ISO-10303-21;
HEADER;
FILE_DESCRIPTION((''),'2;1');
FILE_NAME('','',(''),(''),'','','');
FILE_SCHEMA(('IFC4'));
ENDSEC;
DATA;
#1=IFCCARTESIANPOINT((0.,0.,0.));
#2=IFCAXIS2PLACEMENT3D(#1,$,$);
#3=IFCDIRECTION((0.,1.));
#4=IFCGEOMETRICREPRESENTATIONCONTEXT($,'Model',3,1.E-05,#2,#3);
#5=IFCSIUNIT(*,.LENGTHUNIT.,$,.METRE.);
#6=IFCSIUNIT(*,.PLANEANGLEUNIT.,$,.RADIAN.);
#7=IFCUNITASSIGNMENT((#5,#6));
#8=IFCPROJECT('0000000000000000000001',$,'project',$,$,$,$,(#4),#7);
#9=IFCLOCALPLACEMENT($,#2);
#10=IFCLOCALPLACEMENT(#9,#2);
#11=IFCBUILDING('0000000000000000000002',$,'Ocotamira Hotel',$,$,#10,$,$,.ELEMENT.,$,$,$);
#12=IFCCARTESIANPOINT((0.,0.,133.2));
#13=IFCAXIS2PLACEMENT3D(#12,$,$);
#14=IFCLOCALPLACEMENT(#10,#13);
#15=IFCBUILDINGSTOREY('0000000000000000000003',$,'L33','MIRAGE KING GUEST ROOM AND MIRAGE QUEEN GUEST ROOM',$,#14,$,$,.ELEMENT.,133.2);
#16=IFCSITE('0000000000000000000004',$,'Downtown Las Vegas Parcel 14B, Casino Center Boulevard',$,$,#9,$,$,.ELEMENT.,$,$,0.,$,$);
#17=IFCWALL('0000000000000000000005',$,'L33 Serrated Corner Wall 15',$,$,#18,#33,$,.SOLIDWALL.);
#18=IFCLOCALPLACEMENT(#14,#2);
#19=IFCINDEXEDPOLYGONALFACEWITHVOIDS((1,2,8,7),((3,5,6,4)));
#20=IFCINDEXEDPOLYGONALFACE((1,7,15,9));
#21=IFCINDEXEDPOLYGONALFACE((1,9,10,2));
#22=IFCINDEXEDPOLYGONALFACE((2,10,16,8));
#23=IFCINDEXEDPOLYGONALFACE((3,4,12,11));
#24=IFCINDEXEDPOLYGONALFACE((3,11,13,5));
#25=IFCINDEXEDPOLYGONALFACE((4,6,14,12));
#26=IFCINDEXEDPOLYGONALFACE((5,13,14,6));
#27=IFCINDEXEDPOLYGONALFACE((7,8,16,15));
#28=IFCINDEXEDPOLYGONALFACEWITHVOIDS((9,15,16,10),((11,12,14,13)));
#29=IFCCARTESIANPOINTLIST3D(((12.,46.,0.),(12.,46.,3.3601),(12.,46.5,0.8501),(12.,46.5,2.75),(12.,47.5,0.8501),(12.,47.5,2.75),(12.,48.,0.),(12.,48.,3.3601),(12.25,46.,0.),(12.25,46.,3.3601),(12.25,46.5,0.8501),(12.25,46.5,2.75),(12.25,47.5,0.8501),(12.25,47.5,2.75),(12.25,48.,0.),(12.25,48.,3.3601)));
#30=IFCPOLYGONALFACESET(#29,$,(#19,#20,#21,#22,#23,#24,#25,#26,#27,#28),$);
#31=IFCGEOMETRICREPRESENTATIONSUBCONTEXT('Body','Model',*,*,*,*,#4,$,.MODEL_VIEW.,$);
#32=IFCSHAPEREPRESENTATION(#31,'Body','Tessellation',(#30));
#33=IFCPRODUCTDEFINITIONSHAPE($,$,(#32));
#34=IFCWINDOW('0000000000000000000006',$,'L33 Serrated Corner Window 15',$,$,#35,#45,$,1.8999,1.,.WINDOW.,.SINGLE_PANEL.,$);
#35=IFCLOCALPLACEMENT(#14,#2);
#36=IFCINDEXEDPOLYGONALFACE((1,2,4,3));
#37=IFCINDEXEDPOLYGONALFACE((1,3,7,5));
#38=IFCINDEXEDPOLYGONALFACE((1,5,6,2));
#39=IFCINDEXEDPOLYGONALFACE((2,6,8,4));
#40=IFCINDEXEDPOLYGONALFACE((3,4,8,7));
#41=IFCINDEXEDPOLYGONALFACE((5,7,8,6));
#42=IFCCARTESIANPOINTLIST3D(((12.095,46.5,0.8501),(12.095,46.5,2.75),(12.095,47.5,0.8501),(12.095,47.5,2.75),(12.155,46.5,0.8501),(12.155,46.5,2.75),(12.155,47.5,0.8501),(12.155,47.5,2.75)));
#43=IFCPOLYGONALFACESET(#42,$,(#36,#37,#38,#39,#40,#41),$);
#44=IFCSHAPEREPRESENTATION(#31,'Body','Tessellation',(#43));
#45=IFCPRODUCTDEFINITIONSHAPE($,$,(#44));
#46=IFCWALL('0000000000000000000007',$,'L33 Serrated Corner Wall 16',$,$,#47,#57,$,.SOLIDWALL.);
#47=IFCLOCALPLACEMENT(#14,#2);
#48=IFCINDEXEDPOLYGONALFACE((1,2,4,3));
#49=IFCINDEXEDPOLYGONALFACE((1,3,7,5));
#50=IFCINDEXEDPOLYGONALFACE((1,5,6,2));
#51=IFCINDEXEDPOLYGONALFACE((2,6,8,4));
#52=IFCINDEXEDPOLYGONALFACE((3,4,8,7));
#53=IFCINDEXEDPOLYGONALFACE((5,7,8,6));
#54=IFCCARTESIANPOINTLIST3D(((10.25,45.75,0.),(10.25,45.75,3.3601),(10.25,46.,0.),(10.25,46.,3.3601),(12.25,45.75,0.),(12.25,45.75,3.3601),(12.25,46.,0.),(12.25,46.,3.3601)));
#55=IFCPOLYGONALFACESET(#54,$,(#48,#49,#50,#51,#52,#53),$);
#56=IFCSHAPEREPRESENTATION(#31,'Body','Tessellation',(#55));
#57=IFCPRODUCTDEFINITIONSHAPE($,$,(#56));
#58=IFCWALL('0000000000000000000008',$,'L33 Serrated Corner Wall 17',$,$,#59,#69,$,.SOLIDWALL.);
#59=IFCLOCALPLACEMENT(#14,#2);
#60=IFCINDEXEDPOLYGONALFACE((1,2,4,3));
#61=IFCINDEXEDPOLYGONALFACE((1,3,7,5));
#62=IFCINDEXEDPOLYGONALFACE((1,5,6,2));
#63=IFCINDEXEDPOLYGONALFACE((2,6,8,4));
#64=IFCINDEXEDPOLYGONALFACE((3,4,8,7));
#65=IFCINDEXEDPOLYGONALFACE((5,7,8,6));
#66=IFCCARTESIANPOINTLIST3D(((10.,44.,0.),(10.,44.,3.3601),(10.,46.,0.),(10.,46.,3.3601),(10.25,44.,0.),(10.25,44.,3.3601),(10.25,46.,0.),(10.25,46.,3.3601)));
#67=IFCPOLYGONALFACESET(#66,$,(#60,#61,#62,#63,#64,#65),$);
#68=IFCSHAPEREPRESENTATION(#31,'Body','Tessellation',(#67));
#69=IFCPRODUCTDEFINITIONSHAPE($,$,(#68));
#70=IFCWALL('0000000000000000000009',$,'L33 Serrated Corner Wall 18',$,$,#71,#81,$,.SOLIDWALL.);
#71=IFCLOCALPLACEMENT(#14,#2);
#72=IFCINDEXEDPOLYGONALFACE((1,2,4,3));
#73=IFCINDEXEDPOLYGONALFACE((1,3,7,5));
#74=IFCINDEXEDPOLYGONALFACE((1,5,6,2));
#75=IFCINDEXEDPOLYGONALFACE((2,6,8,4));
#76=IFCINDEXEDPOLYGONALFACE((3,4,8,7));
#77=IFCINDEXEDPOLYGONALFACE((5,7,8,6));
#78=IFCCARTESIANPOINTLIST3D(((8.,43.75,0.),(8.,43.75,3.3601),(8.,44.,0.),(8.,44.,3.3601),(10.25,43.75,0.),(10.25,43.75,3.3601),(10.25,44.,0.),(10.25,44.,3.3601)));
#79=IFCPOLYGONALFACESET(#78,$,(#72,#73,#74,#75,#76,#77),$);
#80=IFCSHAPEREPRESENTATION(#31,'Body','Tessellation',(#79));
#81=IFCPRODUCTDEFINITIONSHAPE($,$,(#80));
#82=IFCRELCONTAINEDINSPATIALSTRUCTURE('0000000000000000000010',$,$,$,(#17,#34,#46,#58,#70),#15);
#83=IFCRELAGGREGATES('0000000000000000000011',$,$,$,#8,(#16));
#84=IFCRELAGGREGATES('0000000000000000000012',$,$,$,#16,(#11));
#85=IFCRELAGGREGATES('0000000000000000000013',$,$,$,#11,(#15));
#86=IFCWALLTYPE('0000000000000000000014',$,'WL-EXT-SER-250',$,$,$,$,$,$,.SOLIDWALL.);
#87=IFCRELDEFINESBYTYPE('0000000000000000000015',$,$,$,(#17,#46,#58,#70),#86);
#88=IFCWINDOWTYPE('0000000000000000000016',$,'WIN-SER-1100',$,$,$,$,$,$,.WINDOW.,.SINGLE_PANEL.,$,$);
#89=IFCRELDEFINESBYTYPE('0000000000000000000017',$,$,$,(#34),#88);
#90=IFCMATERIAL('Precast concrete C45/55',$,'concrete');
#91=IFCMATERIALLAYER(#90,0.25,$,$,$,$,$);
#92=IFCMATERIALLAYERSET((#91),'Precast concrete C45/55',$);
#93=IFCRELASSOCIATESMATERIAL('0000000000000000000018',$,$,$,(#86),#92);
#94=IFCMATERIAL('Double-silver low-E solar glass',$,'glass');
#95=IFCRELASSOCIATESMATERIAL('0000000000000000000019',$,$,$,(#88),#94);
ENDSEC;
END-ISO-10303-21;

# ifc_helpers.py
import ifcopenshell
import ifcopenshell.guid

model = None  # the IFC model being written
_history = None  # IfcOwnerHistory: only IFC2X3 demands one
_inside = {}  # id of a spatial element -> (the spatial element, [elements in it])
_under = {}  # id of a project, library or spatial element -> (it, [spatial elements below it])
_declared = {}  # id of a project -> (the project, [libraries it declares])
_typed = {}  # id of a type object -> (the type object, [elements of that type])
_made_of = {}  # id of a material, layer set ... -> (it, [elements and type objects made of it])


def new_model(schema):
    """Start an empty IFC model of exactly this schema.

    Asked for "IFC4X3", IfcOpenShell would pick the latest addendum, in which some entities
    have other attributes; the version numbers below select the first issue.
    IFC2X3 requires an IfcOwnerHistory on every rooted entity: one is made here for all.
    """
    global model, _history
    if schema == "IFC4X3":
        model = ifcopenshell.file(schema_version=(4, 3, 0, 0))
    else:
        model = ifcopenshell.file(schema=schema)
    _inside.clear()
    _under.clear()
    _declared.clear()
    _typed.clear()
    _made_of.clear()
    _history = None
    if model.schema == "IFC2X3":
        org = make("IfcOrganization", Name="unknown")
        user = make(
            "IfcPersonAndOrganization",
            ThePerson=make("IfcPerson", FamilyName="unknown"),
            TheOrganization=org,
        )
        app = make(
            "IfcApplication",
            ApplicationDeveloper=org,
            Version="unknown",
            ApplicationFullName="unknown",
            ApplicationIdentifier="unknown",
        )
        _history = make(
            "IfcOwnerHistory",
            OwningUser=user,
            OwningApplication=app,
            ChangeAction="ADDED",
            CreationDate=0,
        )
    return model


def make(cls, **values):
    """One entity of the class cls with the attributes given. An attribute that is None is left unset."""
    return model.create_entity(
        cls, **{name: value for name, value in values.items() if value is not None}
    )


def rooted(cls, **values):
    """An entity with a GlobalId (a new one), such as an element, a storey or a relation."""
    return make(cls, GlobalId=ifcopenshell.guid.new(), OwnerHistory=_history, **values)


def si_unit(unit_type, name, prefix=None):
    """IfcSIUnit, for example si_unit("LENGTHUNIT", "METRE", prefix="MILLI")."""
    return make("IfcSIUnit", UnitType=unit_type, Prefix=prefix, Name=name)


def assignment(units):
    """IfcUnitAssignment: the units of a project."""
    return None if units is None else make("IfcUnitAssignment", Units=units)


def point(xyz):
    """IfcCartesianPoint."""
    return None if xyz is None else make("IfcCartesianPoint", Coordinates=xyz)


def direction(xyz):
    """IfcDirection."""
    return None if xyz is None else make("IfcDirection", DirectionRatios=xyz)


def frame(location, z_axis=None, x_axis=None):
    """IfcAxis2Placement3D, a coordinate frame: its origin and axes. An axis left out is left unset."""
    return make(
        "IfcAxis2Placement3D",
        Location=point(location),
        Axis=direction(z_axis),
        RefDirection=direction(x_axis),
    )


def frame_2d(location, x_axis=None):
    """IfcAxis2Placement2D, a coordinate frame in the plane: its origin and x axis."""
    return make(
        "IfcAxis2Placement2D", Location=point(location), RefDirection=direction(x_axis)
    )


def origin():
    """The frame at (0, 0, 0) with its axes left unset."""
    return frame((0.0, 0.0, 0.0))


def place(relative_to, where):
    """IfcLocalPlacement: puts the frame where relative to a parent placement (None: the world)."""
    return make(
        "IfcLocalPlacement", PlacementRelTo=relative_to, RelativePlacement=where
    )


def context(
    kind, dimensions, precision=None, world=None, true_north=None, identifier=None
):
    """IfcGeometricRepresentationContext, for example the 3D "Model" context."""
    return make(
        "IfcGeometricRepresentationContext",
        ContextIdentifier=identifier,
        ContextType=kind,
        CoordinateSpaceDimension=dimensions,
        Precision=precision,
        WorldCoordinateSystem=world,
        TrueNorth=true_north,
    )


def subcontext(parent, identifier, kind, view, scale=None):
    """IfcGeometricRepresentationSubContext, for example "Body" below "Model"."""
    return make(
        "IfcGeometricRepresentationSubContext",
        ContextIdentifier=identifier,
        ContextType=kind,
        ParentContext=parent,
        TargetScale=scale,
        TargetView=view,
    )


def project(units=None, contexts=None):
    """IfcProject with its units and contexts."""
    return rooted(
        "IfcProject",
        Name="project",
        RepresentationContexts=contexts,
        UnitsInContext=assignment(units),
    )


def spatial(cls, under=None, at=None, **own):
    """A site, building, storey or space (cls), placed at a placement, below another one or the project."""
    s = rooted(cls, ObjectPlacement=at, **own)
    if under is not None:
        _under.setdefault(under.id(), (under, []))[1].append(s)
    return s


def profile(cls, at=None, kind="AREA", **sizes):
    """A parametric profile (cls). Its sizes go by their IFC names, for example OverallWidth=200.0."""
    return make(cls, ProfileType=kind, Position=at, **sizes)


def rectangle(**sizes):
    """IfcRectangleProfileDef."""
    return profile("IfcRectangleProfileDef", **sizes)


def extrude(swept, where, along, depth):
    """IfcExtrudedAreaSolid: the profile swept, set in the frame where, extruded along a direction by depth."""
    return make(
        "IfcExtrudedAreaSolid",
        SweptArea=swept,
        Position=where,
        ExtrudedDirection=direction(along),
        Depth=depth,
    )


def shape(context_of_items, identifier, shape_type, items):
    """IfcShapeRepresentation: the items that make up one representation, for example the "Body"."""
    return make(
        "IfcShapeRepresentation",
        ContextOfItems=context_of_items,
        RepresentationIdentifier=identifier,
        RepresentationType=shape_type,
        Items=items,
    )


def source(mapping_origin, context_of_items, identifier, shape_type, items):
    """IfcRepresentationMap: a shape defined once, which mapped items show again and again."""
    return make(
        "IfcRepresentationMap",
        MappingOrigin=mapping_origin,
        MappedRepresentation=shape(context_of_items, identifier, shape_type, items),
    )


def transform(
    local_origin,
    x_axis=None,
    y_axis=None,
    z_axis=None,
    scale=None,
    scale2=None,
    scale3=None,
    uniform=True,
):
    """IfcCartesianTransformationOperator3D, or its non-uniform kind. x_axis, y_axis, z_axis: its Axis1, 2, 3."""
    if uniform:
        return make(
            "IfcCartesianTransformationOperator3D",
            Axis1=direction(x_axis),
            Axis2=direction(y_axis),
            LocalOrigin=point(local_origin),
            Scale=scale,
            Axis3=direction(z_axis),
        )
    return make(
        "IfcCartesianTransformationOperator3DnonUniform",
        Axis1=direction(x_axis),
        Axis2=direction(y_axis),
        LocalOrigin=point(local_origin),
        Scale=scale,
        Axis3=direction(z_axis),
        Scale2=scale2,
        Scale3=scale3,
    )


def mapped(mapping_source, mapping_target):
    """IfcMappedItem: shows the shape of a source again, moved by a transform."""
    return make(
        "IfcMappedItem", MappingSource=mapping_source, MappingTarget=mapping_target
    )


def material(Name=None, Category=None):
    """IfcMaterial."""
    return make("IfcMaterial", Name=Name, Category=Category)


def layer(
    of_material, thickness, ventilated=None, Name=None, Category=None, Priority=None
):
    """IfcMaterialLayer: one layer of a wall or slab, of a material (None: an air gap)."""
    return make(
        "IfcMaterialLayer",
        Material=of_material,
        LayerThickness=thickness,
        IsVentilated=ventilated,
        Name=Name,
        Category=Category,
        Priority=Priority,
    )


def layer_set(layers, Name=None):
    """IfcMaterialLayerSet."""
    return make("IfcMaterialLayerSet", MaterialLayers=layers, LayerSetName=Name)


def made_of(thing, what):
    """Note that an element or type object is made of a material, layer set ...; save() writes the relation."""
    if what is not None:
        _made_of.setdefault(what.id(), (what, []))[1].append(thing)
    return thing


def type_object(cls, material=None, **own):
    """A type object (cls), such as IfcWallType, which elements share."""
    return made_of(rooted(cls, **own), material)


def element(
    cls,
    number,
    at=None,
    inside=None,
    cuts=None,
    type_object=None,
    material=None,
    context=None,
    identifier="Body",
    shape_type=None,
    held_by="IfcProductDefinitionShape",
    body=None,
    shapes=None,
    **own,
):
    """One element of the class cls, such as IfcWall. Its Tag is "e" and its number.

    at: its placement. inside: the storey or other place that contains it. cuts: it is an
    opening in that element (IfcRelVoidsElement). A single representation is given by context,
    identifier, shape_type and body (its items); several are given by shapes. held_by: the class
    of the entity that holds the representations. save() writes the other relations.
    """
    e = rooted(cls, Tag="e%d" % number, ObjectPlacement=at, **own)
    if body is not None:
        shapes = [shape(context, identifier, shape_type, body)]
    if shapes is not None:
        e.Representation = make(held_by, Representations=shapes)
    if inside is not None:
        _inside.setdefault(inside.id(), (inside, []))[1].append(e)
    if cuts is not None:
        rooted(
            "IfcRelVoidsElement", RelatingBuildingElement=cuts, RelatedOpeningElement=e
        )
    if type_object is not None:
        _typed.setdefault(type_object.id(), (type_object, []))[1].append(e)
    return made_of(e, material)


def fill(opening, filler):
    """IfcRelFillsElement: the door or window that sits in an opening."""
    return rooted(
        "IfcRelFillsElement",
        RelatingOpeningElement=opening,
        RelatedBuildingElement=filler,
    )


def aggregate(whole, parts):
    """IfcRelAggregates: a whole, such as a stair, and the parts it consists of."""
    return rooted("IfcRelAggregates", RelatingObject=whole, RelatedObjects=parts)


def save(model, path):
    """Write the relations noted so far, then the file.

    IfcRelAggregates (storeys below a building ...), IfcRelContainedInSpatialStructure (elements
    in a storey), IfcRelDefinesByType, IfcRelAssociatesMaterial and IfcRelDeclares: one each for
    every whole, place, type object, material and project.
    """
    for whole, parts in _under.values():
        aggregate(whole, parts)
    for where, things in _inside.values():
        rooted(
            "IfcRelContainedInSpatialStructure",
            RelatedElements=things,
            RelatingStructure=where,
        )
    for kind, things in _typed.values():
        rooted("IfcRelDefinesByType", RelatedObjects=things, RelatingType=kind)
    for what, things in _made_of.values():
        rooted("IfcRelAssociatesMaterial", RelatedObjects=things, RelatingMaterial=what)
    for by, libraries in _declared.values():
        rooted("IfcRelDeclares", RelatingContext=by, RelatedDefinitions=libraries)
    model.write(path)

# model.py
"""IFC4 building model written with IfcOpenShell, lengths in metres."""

from ifc_helpers import new_model, si_unit, direction, frame, frame_2d, origin, place, context, subcontext, project, spatial, rectangle, extrude, source, transform, mapped, material, layer, layer_set, type_object, element, fill, save


model = new_model("IFC4")

# Units and contexts
model_context = context("Model", 3, precision=1e-05, world=origin(), true_north=direction((0.0, 1.0)))
body_context = subcontext(model_context, "Body", "Model", "MODEL_VIEW")
ifc_project = project(units=[si_unit("LENGTHUNIT", "METRE"), si_unit("PLANEANGLEUNIT", "RADIAN")], contexts=[model_context])

# Site, building, storey
site_placement = place(None, origin())
site = spatial("IfcSite", under=ifc_project, at=site_placement, Name="Downtown Las Vegas Parcel 14B, Casino Center Boulevard", CompositionType="ELEMENT", RefElevation=0.0)
building_placement = place(site_placement, origin())
building = spatial("IfcBuilding", under=site, at=building_placement, Name="Ocotamira Hotel", CompositionType="ELEMENT")
storey_placement = place(building_placement, frame((0.0, 0.0, 133.2)))
storey = spatial("IfcBuildingStorey", under=building, at=storey_placement, Name="L33", Description="MIRAGE KING GUEST ROOM AND MIRAGE QUEEN GUEST ROOM", CompositionType="ELEMENT", Elevation=133.2)

# Shared definitions
ifc_material_1 = material(Name="Precast concrete C45/55", Category="concrete")
ifc_layer_1 = layer(ifc_material_1, 0.25)
ifc_layer_set_1 = layer_set([ifc_layer_1], Name="Precast concrete C45/55")
wall_type = type_object("IfcWallType", Name="WL-EXT-SER-250", PredefinedType="SOLIDWALL", material=ifc_layer_set_1)

# Wall, opening, window
wall_1_placement = place(storey_placement, frame((12.125, 48.0, 0.0), z_axis=(0.0, 0.0, 1.0), x_axis=(0.0, -1.0, 0.0)))
wall_1 = element("IfcWall", 1, at=wall_1_placement, inside=storey, type_object=wall_type, Name="L33 Serrated Corner Wall 15", PredefinedType="SOLIDWALL", context=body_context, shape_type="SweptSolid", body=[
    extrude(rectangle(XDim=2.0, YDim=0.25, at=frame_2d((1.0, 0.0))), origin(), (0.0, 0.0, 1.0), 3.3601),
])
opening_placement = place(wall_1_placement, frame((0.5, 0.0, 0.8501)))
opening = element("IfcOpeningElement", 2, at=opening_placement, cuts=wall_1, PredefinedType="OPENING", context=body_context, shape_type="SweptSolid", body=[
    extrude(rectangle(XDim=1.0, YDim=1.8999, at=frame_2d((0.5, 0.95))), frame((0.0, 0.135, 0.0), z_axis=(0.0, -1.0, 0.0), x_axis=(1.0, 0.0, 0.0)), (0.0, 0.0, 1.0), 0.27),
])
ifc_material_2 = material(Name="Double-silver low-E solar glass", Category="glass")
window_type = type_object("IfcWindowType", Name="WIN-SER-1100", PartitioningType="SINGLE_PANEL", PredefinedType="WINDOW", material=ifc_material_2)
shared_shape_1 = source(origin(), body_context, "Body", "SweptSolid", [
    extrude(rectangle(XDim=1.0, YDim=1.8999, at=frame_2d((0.5, 0.95))), frame((0.0, 0.03, 0.0), z_axis=(0.0, -1.0, 0.0), x_axis=(1.0, 0.0, 0.0)), (0.0, 0.0, 1.0), 0.0601),
])
window_placement = place(opening_placement, origin())
window = element("IfcWindow", 3, at=window_placement, inside=storey, type_object=window_type, Name="L33 Serrated Corner Window 15", OverallHeight=1.8999, OverallWidth=1.0, PartitioningType="SINGLE_PANEL", PredefinedType="WINDOW", context=body_context, shape_type="MappedRepresentation", body=[
    mapped(shared_shape_1, transform((0.0, 0.0, 0.0), scale=1.0)),
])
fill(opening, window)

# Walls
for number, where, z_axis, x_axis, name in (
    (4, (12.25, 45.875, 0.0), (0.0, 0.0, 1.0), (-1.0, 0.0, 0.0), "L33 Serrated Corner Wall 16"),
    (5, (10.125, 46.0, 0.0), (0.0, 0.0, 1.0), (0.0, -1.0, 0.0), "L33 Serrated Corner Wall 17"),
):
    element("IfcWall", number, at=place(storey_placement, frame(where, z_axis=z_axis, x_axis=x_axis)), inside=storey, type_object=wall_type, Name=name, PredefinedType="SOLIDWALL", context=body_context, shape_type="SweptSolid", body=[
        extrude(rectangle(XDim=2.0, YDim=0.25, at=frame_2d((1.0, 0.0))), origin(), (0.0, 0.0, 1.0), 3.3601),
    ])
wall_2_placement = place(storey_placement, frame((10.25, 43.875, 0.0), z_axis=(0.0, 0.0, 1.0), x_axis=(-1.0, 0.0, 0.0)))
element("IfcWall", 6, at=wall_2_placement, inside=storey, type_object=wall_type, Name="L33 Serrated Corner Wall 18", PredefinedType="SOLIDWALL", context=body_context, shape_type="SweptSolid", body=[
    extrude(rectangle(XDim=2.25, YDim=0.25, at=frame_2d((1.125, 0.0))), origin(), (0.0, 0.0, 1.0), 3.3601),
])

save(model, "model.ifc")
